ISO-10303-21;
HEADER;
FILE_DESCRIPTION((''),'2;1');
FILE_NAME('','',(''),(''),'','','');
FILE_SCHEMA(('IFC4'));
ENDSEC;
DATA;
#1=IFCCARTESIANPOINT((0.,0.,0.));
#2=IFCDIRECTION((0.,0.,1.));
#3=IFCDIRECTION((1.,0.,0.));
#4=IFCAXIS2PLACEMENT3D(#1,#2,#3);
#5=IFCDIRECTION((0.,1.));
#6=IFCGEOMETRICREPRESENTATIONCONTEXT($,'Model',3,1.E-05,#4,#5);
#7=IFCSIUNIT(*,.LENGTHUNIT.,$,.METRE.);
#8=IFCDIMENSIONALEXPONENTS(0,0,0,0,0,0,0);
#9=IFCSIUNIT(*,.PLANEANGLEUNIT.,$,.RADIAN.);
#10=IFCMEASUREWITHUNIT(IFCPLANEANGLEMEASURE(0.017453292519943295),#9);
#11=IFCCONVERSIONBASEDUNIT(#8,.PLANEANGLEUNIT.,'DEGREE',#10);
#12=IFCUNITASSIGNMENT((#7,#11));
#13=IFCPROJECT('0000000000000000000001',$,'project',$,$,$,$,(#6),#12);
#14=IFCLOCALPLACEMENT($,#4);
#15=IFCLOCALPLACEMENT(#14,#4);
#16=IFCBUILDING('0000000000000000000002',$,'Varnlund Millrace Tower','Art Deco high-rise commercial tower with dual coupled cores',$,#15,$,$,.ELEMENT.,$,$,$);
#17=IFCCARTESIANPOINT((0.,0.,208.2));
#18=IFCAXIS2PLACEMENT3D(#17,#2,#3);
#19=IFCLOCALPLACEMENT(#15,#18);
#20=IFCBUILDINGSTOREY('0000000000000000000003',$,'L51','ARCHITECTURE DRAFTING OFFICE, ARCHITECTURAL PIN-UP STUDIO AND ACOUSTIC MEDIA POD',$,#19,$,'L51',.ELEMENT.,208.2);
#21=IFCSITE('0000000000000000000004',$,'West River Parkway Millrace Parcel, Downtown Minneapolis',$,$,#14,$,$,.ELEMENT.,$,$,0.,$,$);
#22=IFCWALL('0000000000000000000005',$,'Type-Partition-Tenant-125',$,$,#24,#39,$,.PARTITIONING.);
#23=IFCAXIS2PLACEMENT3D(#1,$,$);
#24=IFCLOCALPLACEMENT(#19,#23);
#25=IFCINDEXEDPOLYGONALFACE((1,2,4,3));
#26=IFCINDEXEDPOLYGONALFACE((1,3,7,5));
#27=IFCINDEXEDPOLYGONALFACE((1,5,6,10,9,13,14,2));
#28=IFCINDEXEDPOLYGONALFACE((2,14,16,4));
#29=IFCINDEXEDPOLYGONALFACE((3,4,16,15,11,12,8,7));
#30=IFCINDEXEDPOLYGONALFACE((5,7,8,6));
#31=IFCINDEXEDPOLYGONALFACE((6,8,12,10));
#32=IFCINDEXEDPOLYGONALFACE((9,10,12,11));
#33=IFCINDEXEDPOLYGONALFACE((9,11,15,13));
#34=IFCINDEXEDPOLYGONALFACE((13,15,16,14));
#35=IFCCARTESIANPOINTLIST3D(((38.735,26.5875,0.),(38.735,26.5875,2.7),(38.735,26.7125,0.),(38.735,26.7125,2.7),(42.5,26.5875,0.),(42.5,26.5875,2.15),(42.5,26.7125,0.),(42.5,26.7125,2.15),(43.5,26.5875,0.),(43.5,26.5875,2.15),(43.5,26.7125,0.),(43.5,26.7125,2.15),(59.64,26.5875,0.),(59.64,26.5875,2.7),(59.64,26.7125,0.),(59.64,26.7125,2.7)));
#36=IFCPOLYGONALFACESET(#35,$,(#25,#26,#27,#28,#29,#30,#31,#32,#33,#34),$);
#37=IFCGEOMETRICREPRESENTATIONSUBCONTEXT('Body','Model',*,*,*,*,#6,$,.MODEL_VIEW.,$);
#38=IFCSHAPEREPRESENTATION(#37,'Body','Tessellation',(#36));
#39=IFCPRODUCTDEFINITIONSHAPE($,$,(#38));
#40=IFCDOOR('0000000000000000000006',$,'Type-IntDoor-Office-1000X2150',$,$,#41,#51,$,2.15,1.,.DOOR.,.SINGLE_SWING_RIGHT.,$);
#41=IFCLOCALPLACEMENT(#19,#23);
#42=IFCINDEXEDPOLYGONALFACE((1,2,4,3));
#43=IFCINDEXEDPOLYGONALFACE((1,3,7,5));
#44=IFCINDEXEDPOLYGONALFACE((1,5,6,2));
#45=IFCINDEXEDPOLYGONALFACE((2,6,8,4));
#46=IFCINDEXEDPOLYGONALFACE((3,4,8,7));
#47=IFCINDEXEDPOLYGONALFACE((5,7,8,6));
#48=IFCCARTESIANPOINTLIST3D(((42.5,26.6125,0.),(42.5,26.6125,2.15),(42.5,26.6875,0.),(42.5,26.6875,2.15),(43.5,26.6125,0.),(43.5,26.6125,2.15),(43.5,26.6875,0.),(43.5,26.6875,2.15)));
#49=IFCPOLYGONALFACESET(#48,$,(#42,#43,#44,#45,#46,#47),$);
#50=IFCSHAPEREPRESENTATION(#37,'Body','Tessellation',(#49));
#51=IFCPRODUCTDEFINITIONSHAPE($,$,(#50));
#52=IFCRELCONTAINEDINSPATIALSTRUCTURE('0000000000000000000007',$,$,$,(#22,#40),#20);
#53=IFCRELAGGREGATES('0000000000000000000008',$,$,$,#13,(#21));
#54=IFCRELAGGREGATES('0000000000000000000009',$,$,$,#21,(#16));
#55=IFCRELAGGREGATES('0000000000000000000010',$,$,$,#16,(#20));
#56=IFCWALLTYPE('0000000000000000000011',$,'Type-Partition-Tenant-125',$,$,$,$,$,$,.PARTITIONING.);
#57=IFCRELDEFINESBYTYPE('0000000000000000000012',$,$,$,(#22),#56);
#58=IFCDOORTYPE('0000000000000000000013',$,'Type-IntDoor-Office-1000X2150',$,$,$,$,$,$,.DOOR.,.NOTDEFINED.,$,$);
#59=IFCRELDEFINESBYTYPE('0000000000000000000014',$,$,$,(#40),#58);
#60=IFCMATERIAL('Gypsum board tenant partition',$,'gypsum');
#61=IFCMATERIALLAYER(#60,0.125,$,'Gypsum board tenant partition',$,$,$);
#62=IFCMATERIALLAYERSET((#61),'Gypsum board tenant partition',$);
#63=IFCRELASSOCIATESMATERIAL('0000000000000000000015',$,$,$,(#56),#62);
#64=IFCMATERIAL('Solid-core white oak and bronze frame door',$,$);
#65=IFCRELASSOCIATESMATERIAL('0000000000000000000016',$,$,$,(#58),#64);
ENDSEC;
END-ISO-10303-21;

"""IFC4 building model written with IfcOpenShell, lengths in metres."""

from ifc_helpers import new_model, entity, si_unit, converted_unit, direction, frame, origin_with_axes, origin_2d_with_axis, place, context, subcontext, project, spatial, polyline, rectangle, outline, extrude, material, layer, layer_set, type_object, element, fill, save


model = new_model("IFC4")

# Units and contexts
model_context = context("Model", 3, precision=1e-05, world=origin_with_axes(), true_north=direction((0.0, 1.0)))
body_context = subcontext(model_context, "Body", "Model", "MODEL_VIEW")
ifc_project = project(units=[si_unit("LENGTHUNIT", "METRE"), converted_unit("PLANEANGLEUNIT", "DEGREE", entity("IfcPlaneAngleMeasure", 0.017453292519943295), si_unit("PLANEANGLEUNIT", "RADIAN"), dimensions=[0, 0, 0, 0, 0, 0, 0])], contexts=[model_context])

# Site, building, storey
site_placement = place(None, origin_with_axes())
site = spatial("IfcSite", under=ifc_project, at=site_placement, Name="West River Parkway Millrace Parcel, Downtown Minneapolis", CompositionType="ELEMENT", RefElevation=0.0)
building_placement = place(site_placement, origin_with_axes())
building = spatial("IfcBuilding", under=site, at=building_placement, Name="Varnlund Millrace Tower", Description="Art Deco high-rise commercial tower with dual coupled cores", CompositionType="ELEMENT")
storey_placement = place(building_placement, frame((0.0, 0.0, 208.2), z_axis=(0.0, 0.0, 1.0), x_axis=(1.0, 0.0, 0.0)))
storey = spatial("IfcBuildingStorey", under=building, at=storey_placement, Name="L51", Description="ARCHITECTURE DRAFTING OFFICE, ARCHITECTURAL PIN-UP STUDIO AND ACOUSTIC MEDIA POD", LongName="L51", CompositionType="ELEMENT", Elevation=208.2)

# Shared definitions
ifc_material_1 = material(Name="Gypsum board tenant partition", Category="gypsum")
ifc_layer_1 = layer(ifc_material_1, 0.125, Name="Gypsum board tenant partition")
ifc_layer_set_1 = layer_set([ifc_layer_1], Name="Gypsum board tenant partition")
wall_type_1 = type_object("IfcWallType", Name="Type-Partition-Tenant-125", PredefinedType="PARTITIONING", material=ifc_layer_set_1)

# Wall, opening, door
wall_1_placement = place(storey_placement, frame((38.735, 26.65, 0.0), z_axis=(0.0, 0.0, 1.0), x_axis=(1.0, 0.0, 0.0)))
wall_1 = element("IfcWall", 1, at=wall_1_placement, inside=storey, type_object=wall_type_1, Name="Type-Partition-Tenant-125", PredefinedType="PARTITIONING", context=body_context, shape_type="SweptSolid", body=[
    extrude(outline(polyline([(0.0, -0.0625), (20.905, -0.0625), (20.905, 0.0625), (0.0, 0.0625), (0.0, -0.0625)])), origin_with_axes(), (0.0, 0.0, 1.0), 2.7),
])
opening_1_placement = place(wall_1_placement, frame((4.265, 0.0, 0.0), z_axis=(0.0, 0.0, 1.0), x_axis=(1.0, 0.0, 0.0)))
opening_1 = element("IfcOpeningElement", 2, at=opening_1_placement, cuts=wall_1, PredefinedType="OPENING", context=body_context, shape_type="SweptSolid", body=[
    extrude(rectangle(XDim=1.0, YDim=0.145, at=origin_2d_with_axis()), origin_with_axes(), (0.0, 0.0, 1.0), 2.15),
])
ifc_material_2 = material(Name="Solid-core white oak and bronze frame door")
door_type = type_object("IfcDoorType", Name="Type-IntDoor-Office-1000X2150", OperationType="NOTDEFINED", PredefinedType="DOOR", material=ifc_material_2)
door_placement = place(wall_1_placement, frame((4.265, 0.0, 0.0), z_axis=(0.0, 0.0, 1.0), x_axis=(1.0, 0.0, 0.0)))
door = element("IfcDoor", 3, at=door_placement, inside=storey, type_object=door_type, Name="Type-IntDoor-Office-1000X2150", OperationType="SINGLE_SWING_RIGHT", OverallHeight=2.15, OverallWidth=1.0, PredefinedType="DOOR", context=body_context, shape_type="SweptSolid", body=[
    extrude(rectangle(XDim=1.0, YDim=0.075, at=origin_2d_with_axis()), origin_with_axes(), (0.0, 0.0, 1.0), 2.15),
])
fill(opening_1, door)

save(model, "model.ifc")
